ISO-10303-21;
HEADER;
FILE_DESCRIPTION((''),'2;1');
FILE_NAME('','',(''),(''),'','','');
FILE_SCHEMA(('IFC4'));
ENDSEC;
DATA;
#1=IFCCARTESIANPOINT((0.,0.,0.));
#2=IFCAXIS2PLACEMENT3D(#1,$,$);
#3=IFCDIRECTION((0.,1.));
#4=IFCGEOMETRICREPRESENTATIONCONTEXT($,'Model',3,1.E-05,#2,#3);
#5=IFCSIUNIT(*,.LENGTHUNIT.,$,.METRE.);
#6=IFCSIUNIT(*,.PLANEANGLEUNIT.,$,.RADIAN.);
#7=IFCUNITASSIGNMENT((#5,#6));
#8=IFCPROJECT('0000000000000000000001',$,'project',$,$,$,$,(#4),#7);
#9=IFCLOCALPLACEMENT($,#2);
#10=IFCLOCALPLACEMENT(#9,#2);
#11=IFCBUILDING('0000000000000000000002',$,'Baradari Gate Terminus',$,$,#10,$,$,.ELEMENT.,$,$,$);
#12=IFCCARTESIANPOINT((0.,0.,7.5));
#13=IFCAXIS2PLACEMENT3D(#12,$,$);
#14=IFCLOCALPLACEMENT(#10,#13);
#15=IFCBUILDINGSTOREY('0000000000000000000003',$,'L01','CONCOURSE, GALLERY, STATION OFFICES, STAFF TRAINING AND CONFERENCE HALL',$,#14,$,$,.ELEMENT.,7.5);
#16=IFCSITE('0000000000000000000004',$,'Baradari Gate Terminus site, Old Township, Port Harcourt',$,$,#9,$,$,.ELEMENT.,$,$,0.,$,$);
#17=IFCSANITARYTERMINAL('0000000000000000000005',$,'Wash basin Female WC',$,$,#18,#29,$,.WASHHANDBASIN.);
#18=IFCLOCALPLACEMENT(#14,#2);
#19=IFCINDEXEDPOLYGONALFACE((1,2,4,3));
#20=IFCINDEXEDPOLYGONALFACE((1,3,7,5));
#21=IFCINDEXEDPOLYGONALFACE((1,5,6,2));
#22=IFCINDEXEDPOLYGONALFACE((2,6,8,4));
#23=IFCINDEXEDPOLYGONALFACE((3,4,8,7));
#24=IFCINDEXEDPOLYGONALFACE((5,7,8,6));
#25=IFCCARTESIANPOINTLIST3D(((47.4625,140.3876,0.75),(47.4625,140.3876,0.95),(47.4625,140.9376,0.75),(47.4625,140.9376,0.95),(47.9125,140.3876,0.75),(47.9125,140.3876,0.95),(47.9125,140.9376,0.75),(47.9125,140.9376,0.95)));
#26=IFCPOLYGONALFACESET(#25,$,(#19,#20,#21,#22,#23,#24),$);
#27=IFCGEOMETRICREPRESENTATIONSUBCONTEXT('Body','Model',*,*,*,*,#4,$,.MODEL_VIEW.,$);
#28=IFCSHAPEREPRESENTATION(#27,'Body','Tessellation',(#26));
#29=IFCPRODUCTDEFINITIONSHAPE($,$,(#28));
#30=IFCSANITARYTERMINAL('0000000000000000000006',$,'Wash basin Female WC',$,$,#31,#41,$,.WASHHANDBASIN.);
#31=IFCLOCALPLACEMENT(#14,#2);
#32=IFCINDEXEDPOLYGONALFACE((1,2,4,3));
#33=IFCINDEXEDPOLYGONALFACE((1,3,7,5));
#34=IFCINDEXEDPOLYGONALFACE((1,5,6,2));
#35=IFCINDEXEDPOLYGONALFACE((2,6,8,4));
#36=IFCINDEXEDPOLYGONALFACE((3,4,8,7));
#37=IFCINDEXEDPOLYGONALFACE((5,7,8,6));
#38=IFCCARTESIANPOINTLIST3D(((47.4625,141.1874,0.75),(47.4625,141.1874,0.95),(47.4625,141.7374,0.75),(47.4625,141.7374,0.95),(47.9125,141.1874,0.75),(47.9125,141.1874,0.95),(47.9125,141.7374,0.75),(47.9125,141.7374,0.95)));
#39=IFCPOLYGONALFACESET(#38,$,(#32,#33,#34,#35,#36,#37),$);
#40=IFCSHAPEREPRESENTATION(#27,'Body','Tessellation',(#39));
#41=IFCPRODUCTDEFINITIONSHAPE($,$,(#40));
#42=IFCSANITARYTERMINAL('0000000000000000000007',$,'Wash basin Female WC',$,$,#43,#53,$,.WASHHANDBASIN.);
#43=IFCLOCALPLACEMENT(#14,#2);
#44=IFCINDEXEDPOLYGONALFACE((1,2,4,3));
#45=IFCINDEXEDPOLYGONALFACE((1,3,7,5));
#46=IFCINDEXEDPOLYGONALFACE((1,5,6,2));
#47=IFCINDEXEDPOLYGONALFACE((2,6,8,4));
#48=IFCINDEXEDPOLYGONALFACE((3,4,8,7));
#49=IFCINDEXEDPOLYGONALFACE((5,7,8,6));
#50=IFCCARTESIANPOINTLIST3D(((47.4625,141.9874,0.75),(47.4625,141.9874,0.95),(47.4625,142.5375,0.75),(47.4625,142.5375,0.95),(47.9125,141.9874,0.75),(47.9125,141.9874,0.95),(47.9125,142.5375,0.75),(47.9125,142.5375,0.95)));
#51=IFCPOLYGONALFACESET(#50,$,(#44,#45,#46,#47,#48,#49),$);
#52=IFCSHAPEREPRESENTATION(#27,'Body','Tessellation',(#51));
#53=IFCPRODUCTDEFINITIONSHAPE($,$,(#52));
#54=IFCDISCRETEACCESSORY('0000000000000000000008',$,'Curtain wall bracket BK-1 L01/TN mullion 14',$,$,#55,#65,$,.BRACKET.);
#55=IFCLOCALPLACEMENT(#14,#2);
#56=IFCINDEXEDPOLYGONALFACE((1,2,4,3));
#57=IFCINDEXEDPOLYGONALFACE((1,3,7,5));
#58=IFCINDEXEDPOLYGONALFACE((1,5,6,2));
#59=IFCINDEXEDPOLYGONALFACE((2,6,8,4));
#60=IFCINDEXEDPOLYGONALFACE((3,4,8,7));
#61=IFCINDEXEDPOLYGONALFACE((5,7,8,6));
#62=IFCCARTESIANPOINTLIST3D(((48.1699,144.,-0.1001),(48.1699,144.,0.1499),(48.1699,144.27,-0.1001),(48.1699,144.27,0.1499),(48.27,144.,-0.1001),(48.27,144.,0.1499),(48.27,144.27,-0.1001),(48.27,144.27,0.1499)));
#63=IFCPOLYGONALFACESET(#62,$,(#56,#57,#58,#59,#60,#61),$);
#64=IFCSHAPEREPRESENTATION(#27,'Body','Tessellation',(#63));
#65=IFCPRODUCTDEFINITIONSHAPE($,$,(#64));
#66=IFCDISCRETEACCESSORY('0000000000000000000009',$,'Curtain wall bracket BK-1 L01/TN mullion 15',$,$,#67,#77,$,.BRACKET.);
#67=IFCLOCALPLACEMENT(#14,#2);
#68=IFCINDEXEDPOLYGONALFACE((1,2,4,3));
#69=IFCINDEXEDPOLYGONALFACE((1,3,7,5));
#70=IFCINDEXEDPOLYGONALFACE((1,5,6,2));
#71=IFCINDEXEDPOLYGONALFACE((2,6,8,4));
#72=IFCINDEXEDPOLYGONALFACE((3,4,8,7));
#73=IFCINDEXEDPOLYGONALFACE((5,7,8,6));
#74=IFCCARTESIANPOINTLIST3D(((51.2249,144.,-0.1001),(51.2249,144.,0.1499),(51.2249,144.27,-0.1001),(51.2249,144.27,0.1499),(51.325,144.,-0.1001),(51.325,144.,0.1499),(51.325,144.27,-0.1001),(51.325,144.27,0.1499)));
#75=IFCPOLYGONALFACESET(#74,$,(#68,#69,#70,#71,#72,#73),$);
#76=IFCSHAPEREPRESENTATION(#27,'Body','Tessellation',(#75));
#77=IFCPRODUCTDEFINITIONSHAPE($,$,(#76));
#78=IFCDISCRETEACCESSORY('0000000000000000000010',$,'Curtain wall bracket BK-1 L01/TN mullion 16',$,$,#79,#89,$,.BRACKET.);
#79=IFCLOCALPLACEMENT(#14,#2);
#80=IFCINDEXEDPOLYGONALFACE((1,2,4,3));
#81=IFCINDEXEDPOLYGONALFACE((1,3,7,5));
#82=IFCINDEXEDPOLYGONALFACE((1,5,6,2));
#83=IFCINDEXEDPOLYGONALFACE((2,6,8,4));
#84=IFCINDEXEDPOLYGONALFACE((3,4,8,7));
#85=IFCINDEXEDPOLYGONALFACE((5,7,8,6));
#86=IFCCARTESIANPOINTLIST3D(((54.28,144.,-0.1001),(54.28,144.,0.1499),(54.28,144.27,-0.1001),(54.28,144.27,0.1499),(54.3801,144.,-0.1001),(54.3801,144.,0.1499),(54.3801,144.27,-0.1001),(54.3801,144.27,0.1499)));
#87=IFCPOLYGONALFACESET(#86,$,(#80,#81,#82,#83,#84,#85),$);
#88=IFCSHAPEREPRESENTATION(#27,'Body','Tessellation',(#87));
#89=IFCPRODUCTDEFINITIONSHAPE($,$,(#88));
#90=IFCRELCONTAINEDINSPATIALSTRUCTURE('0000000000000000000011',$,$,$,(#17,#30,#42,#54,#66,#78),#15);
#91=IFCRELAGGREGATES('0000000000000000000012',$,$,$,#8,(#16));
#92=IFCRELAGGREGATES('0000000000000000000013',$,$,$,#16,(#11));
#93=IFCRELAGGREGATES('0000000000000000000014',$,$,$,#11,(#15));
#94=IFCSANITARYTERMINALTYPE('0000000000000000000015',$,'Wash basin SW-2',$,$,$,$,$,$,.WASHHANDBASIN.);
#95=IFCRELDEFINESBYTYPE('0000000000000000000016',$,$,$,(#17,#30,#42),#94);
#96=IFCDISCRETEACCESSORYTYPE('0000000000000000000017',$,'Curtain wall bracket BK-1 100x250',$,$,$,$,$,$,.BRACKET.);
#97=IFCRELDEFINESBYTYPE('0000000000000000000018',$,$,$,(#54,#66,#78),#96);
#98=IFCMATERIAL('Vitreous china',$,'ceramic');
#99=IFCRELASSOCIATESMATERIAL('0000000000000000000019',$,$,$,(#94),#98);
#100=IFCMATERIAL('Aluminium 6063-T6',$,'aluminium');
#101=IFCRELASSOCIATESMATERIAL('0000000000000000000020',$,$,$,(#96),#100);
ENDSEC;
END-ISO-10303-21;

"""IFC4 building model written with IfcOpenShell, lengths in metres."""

from ifc_helpers import new_model, si_unit, direction, frame, origin, origin_2d, place, context, subcontext, project, spatial, rectangle, extrude, material, type_object, element, save


model = new_model("IFC4")

# Units and contexts
model_context = context("Model", 3, precision=1e-05, world=origin(), true_north=direction((0.0, 1.0)))
body_context = subcontext(model_context, "Body", "Model", "MODEL_VIEW")
ifc_project = project(units=[si_unit("LENGTHUNIT", "METRE"), si_unit("PLANEANGLEUNIT", "RADIAN")], contexts=[model_context])

# Site, building, storey
site_placement = place(None, origin())
site = spatial("IfcSite", under=ifc_project, at=site_placement, Name="Baradari Gate Terminus site, Old Township, Port Harcourt", CompositionType="ELEMENT", RefElevation=0.0)
building_placement = place(site_placement, origin())
building = spatial("IfcBuilding", under=site, at=building_placement, Name="Baradari Gate Terminus", CompositionType="ELEMENT")
storey_placement = place(building_placement, frame((0.0, 0.0, 7.5)))
storey = spatial("IfcBuildingStorey", under=building, at=storey_placement, Name="L01", Description="CONCOURSE, GALLERY, STATION OFFICES, STAFF TRAINING AND CONFERENCE HALL", CompositionType="ELEMENT", Elevation=7.5)

# Sanitary terminals
ifc_material_1 = material(Name="Vitreous china", Category="ceramic")
sanitary_terminal_type_1 = type_object("IfcSanitaryTerminalType", Name="Wash basin SW-2", PredefinedType="WASHHANDBASIN", material=ifc_material_1)
for number, where, z_axis, x_axis, name in (
    (1, (47.6875, 140.6626, 0.75), (0.0, 0.0, 1.0), (1.0, 0.0, 0.0), "Wash basin Female WC"),
    (2, (47.6875, 141.4624, 0.75), (0.0, 0.0, 1.0), (1.0, 0.0, 0.0), "Wash basin Female WC"),
    (3, (47.6875, 142.2625, 0.75), (0.0, 0.0, 1.0), (1.0, 0.0, 0.0), "Wash basin Female WC"),
):
    element("IfcSanitaryTerminal", number, at=place(storey_placement, frame(where, z_axis=z_axis, x_axis=x_axis)), inside=storey, type_object=sanitary_terminal_type_1, Name=name, PredefinedType="WASHHANDBASIN", context=body_context, shape_type="SweptSolid", body=[
        extrude(rectangle(XDim=0.45, YDim=0.55, at=origin_2d()), origin(), (0.0, 0.0, 1.0), 0.2),
    ])

# Discrete accessories
ifc_material_2 = material(Name="Aluminium 6063-T6", Category="aluminium")
discrete_accessory_type = type_object("IfcDiscreteAccessoryType", Name="Curtain wall bracket BK-1 100x250", PredefinedType="BRACKET", material=ifc_material_2)
for number, where, z_axis, x_axis, name in (
    (4, (48.22, 144.135, -0.1001), (0.0, 0.0, 1.0), (0.0, 1.0, 0.0), "Curtain wall bracket BK-1 L01/TN mullion 14"),
    (5, (51.2749, 144.135, -0.1001), (0.0, 0.0, 1.0), (0.0, 1.0, 0.0), "Curtain wall bracket BK-1 L01/TN mullion 15"),
    (6, (54.3301, 144.135, -0.1001), (0.0, 0.0, 1.0), (0.0, 1.0, 0.0), "Curtain wall bracket BK-1 L01/TN mullion 16"),
):
    element("IfcDiscreteAccessory", number, at=place(storey_placement, frame(where, z_axis=z_axis, x_axis=x_axis)), inside=storey, type_object=discrete_accessory_type, Name=name, PredefinedType="BRACKET", context=body_context, shape_type="SweptSolid", body=[
        extrude(rectangle(XDim=0.27, YDim=0.1001, at=origin_2d()), origin(), (0.0, 0.0, 1.0), 0.25),
    ])

save(model, "model.ifc")
